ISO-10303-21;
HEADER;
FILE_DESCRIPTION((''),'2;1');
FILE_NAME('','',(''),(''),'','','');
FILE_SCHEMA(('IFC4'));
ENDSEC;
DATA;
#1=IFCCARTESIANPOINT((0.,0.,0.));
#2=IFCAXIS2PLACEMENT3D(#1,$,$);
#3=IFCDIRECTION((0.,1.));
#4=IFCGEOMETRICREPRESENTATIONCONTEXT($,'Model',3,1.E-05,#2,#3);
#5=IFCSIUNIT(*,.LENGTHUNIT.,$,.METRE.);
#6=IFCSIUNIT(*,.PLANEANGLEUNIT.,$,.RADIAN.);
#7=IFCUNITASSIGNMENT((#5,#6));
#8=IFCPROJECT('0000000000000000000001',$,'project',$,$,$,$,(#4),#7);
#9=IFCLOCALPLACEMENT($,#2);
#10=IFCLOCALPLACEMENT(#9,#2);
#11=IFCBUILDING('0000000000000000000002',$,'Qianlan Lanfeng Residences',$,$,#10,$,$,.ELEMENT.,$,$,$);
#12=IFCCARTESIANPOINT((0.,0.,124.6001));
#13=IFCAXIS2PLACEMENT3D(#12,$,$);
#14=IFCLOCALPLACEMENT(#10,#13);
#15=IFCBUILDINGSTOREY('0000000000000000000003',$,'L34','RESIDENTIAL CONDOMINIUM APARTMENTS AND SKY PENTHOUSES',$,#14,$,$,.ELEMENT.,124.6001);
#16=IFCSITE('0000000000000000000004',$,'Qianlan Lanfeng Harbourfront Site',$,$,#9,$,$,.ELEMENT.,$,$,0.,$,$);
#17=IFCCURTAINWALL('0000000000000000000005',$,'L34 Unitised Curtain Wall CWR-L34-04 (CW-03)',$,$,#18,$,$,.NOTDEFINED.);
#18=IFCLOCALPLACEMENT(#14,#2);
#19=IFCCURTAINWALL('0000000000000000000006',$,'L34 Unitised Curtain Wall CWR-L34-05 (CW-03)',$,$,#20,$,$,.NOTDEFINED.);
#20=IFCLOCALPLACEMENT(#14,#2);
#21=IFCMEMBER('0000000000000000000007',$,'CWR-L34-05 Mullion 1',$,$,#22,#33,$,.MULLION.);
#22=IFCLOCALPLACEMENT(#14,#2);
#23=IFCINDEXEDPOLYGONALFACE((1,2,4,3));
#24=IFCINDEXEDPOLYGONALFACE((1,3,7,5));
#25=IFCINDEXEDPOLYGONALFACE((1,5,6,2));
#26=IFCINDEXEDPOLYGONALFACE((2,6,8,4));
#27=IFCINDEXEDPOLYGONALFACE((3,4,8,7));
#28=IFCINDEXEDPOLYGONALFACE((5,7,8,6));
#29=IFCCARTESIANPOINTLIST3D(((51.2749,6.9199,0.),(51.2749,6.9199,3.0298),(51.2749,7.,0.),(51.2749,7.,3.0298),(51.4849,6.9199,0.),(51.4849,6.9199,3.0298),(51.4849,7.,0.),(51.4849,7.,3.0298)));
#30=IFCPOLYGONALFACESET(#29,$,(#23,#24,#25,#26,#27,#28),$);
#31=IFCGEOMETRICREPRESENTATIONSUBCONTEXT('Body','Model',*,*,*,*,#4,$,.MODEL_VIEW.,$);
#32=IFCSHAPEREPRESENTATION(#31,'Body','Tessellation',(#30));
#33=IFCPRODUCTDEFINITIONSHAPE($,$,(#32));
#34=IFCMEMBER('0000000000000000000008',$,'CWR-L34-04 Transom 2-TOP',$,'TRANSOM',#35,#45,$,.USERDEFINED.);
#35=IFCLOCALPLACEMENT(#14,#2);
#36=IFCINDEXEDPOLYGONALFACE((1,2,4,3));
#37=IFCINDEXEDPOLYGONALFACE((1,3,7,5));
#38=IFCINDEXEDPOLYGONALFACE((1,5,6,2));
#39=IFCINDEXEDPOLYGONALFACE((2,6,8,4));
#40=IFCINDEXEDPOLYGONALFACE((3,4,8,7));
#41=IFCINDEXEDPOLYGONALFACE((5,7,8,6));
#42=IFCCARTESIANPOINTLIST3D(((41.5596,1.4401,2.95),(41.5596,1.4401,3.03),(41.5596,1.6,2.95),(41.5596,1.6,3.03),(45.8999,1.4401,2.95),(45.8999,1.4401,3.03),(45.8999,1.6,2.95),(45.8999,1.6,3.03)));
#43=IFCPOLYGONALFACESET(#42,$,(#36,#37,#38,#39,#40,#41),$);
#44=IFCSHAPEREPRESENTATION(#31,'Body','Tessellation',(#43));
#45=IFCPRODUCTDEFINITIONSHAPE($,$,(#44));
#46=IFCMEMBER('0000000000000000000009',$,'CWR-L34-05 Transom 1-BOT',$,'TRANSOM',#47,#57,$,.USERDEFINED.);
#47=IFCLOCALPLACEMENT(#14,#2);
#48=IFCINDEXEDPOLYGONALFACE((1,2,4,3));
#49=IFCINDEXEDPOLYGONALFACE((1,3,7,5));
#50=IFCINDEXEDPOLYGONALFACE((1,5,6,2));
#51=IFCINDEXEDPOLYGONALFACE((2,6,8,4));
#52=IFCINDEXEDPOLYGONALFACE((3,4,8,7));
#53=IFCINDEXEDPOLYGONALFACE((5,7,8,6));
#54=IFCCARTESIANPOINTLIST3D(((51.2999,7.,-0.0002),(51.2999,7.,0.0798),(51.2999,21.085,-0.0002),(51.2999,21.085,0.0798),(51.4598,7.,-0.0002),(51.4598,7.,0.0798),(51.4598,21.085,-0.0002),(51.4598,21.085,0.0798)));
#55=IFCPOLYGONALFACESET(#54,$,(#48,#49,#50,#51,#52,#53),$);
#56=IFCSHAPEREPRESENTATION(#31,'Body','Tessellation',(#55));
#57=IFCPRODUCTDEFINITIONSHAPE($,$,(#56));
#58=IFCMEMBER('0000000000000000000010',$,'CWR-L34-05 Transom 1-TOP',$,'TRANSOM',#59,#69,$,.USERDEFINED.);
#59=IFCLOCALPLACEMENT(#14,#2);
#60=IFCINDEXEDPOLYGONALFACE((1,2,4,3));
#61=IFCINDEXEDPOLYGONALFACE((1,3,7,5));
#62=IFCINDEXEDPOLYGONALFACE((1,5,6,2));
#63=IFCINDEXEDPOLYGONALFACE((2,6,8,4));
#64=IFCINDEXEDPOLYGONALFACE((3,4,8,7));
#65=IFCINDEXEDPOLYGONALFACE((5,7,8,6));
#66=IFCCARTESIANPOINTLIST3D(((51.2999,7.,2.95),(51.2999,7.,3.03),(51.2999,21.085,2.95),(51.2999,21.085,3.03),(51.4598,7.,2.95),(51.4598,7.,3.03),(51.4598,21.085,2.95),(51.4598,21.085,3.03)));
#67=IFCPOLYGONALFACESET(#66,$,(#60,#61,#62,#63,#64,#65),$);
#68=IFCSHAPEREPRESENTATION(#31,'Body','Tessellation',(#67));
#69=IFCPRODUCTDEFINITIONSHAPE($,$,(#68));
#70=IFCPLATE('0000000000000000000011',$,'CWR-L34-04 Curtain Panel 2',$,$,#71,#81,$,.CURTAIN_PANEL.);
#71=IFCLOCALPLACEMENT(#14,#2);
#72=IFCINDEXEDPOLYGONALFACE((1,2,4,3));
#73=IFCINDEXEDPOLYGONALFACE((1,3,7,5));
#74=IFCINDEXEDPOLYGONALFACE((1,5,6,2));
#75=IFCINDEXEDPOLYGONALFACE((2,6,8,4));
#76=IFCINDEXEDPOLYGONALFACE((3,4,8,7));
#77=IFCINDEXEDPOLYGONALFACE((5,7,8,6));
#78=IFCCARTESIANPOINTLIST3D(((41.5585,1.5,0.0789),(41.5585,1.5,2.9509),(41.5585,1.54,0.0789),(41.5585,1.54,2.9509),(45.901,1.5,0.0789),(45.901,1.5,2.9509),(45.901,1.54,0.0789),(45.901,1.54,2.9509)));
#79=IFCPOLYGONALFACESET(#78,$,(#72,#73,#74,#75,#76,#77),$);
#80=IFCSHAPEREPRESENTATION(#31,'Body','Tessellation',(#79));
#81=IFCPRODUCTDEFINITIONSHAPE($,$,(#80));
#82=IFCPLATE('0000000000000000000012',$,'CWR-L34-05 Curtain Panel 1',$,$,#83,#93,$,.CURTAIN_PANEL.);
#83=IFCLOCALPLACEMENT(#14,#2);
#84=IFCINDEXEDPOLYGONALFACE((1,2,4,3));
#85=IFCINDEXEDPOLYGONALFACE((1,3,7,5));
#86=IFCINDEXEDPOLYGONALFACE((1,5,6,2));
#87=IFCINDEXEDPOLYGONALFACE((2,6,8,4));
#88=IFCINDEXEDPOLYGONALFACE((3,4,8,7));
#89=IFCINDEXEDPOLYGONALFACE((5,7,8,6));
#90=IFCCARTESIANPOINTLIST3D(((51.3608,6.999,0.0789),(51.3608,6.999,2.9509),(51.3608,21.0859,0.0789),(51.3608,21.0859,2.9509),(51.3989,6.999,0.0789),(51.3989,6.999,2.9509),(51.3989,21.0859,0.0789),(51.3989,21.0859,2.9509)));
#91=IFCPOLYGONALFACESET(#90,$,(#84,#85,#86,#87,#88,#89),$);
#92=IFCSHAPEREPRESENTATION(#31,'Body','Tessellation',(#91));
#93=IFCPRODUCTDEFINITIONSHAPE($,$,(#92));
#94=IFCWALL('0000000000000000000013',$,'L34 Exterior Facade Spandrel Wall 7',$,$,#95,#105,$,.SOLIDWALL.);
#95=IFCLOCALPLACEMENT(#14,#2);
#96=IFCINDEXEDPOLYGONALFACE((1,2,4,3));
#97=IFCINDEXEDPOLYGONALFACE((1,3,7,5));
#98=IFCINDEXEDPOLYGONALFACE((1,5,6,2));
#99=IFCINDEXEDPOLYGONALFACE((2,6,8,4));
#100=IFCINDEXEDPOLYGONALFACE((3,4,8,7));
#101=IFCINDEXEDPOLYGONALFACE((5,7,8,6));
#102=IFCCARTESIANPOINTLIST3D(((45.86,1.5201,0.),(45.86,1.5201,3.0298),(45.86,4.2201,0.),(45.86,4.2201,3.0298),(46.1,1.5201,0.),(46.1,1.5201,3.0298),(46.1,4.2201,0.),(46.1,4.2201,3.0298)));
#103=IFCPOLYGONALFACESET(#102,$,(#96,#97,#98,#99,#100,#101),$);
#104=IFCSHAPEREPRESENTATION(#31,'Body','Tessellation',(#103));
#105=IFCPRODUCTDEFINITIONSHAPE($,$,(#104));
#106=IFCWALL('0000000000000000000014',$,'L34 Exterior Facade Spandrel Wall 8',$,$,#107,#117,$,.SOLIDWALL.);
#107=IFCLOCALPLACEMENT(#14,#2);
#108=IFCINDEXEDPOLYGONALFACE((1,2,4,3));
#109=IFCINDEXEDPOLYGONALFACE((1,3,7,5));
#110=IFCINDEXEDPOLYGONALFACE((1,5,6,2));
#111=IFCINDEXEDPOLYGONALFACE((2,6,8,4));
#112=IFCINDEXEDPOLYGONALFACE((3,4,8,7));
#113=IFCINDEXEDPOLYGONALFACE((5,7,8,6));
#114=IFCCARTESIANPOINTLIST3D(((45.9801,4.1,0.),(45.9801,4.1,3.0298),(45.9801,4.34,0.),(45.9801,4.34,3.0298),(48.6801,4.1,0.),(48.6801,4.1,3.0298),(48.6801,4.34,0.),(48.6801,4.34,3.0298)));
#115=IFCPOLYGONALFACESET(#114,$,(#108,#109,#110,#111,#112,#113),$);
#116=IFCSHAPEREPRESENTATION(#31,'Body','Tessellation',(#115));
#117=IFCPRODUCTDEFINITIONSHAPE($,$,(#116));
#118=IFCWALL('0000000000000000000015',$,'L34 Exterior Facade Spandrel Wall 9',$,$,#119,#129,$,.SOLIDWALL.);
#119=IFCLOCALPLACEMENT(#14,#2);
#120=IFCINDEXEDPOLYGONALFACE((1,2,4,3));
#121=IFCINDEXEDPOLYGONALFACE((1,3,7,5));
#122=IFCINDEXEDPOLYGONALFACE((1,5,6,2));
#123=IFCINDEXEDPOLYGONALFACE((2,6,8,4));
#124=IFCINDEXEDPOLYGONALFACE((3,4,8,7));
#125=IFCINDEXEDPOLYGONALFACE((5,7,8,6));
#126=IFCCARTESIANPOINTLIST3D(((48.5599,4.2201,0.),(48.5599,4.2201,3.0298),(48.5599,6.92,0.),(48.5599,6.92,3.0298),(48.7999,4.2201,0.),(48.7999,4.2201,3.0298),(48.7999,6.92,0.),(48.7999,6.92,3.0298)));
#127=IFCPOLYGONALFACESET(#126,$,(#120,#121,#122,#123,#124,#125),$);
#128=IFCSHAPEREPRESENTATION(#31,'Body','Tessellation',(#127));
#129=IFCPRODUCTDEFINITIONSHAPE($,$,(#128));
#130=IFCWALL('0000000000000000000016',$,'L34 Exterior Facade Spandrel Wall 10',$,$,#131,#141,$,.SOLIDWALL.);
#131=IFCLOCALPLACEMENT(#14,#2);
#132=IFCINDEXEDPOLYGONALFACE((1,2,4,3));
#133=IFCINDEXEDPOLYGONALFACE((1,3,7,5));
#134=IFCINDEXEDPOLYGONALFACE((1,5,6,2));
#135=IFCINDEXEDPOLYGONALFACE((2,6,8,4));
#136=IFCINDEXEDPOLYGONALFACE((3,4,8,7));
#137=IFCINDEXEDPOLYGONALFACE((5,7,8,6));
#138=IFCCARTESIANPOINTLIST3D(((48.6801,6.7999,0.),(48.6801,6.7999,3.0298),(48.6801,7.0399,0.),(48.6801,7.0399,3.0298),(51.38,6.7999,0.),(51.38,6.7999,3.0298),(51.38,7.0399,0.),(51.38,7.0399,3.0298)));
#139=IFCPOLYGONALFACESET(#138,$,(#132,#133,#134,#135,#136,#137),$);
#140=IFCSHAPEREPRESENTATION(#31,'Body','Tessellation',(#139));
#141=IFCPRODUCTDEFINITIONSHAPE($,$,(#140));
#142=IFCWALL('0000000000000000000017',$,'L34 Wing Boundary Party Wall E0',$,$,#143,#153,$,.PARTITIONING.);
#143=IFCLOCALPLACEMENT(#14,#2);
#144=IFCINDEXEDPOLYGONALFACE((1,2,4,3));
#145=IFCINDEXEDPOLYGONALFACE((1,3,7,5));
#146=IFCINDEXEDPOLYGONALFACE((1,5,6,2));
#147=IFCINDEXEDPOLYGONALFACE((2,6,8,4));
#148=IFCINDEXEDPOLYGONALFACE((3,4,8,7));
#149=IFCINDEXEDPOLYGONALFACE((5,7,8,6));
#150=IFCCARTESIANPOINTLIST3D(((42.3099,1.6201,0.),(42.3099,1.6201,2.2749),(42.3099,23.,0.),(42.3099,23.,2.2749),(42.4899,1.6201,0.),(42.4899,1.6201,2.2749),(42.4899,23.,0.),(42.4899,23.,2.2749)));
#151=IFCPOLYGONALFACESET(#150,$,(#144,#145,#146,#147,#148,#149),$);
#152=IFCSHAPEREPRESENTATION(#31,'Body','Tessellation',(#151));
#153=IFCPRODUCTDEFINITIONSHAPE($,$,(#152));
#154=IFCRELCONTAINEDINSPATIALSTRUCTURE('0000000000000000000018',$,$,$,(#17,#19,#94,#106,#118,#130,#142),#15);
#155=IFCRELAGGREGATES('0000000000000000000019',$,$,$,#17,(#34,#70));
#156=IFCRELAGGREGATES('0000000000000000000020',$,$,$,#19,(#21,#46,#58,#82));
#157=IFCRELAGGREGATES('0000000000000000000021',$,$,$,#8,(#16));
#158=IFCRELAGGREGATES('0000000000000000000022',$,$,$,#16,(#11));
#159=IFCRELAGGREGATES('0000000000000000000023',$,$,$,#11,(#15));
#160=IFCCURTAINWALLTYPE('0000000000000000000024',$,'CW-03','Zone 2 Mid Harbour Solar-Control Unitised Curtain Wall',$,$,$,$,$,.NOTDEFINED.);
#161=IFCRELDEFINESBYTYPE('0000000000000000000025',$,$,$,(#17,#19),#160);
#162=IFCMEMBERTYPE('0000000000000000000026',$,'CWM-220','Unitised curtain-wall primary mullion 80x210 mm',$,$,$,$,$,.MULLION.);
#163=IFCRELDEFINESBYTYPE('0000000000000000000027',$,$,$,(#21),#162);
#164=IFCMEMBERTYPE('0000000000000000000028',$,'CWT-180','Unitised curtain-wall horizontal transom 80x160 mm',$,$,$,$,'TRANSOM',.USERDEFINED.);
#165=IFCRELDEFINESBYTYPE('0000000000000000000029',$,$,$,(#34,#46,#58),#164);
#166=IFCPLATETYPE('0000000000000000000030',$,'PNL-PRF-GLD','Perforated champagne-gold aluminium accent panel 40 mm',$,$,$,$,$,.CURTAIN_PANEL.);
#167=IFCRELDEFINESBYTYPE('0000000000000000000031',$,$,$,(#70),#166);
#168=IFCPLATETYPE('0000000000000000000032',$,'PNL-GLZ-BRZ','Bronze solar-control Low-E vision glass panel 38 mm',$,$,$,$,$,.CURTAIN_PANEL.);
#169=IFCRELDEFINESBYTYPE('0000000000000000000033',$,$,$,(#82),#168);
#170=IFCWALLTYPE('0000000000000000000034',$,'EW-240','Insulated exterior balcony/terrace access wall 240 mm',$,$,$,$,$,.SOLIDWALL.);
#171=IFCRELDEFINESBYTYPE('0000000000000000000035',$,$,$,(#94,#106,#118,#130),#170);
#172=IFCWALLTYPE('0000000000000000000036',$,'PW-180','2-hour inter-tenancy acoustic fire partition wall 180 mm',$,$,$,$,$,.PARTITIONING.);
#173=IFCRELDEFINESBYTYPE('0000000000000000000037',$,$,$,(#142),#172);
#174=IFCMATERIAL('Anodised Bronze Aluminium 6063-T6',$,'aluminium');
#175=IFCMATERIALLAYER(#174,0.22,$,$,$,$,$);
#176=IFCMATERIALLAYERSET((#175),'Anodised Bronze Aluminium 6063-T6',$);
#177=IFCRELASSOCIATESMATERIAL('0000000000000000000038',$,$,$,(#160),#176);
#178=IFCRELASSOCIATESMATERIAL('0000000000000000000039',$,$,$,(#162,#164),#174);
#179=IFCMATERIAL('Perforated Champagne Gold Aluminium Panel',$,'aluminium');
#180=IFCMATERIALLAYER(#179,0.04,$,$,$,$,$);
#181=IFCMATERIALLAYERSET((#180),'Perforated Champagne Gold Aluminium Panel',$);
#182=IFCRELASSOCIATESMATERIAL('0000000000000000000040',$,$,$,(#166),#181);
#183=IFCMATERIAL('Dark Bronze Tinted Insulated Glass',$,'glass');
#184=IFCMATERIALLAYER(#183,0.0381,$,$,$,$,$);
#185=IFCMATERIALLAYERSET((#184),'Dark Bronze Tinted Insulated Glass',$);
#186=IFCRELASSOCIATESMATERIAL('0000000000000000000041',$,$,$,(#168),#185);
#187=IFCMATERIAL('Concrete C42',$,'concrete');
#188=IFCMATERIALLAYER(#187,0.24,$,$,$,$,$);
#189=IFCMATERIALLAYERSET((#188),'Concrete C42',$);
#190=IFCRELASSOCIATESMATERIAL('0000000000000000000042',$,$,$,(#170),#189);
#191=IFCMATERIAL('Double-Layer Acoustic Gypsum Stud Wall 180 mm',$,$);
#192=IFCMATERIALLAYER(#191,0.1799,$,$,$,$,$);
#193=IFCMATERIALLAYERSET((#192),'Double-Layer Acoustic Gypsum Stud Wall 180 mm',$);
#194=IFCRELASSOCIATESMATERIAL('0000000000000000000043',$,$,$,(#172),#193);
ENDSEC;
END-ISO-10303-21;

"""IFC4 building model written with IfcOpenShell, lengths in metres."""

from ifc_helpers import new_model, si_unit, direction, frame, frame_2d, origin, origin_2d, place, context, subcontext, project, spatial, rectangle, extrude, source, transform, mapped, material, layer, layer_set, material_profile, profile_set, type_object, element, aggregate, save


model = new_model("IFC4")

# Units and contexts
model_context = context("Model", 3, precision=1e-05, world=origin(), true_north=direction((0.0, 1.0)))
body_context = subcontext(model_context, "Body", "Model", "MODEL_VIEW")
ifc_project = project(units=[si_unit("LENGTHUNIT", "METRE"), si_unit("PLANEANGLEUNIT", "RADIAN")], contexts=[model_context])

# Site, building, storey
site_placement = place(None, origin())
site = spatial("IfcSite", under=ifc_project, at=site_placement, Name="Qianlan Lanfeng Harbourfront Site", CompositionType="ELEMENT", RefElevation=0.0)
building_placement = place(site_placement, origin())
building = spatial("IfcBuilding", under=site, at=building_placement, Name="Qianlan Lanfeng Residences", CompositionType="ELEMENT")
storey_placement = place(building_placement, frame((0.0, 0.0, 124.6001)))
storey = spatial("IfcBuildingStorey", under=building, at=storey_placement, Name="L34", Description="RESIDENTIAL CONDOMINIUM APARTMENTS AND SKY PENTHOUSES", CompositionType="ELEMENT", Elevation=124.6001)

# Curtain walls, member
ifc_material_1 = material(Name="Anodised Bronze Aluminium 6063-T6", Category="aluminium")
ifc_layer_1 = layer(ifc_material_1, 0.22)
ifc_layer_set_1 = layer_set([ifc_layer_1], Name="Anodised Bronze Aluminium 6063-T6")
curtain_wall_type = type_object("IfcCurtainWallType", Name="CW-03", Description="Zone 2 Mid Harbour Solar-Control Unitised Curtain Wall", PredefinedType="NOTDEFINED", material=ifc_layer_set_1)
curtain_wall_1_placement = place(storey_placement, origin())
curtain_wall_1 = element("IfcCurtainWall", 1, at=curtain_wall_1_placement, inside=storey, type_object=curtain_wall_type, Name="L34 Unitised Curtain Wall CWR-L34-04 (CW-03)", PredefinedType="NOTDEFINED")
ifc_material_profile_1 = material_profile(ifc_material_1, rectangle(XDim=0.0801, YDim=0.21, at=origin_2d()), Name="ALU MULLION 80x210")
ifc_profile_set_1 = profile_set([ifc_material_profile_1], Name="Anodised Bronze Aluminium 6063-T6")
member_type_1 = type_object("IfcMemberType", Name="CWM-220", Description="Unitised curtain-wall primary mullion 80x210 mm", PredefinedType="MULLION", material=ifc_profile_set_1)
shared_shape_1 = source(origin(), body_context, "Body", "SweptSolid", [
    extrude(rectangle(XDim=0.0801, YDim=0.21, at=origin_2d()), origin(), (0.0, 0.0, 1.0), 3.0298),
])
curtain_wall_2_placement = place(storey_placement, origin())
curtain_wall_2 = element("IfcCurtainWall", 2, at=curtain_wall_2_placement, inside=storey, type_object=curtain_wall_type, Name="L34 Unitised Curtain Wall CWR-L34-05 (CW-03)", PredefinedType="NOTDEFINED")
member_1_placement = place(storey_placement, frame((51.3799, 6.96, 0.0), z_axis=(0.0, 0.0, 1.0), x_axis=(0.0, 1.0, 0.0)))
member_1 = element("IfcMember", 3, at=member_1_placement, type_object=member_type_1, Name="CWR-L34-05 Mullion 1", PredefinedType="MULLION", context=body_context, shape_type="MappedRepresentation", body=[
    mapped(shared_shape_1, transform((0.0, 0.0, 0.0), scale=1.0)),
])

# Members
ifc_material_profile_2 = material_profile(ifc_material_1, rectangle(XDim=0.0801, YDim=0.1599, at=origin_2d()), Name="ALU TRANSOM 80x160")
ifc_profile_set_2 = profile_set([ifc_material_profile_2], Name="Anodised Bronze Aluminium 6063-T6")
member_type_2 = type_object("IfcMemberType", Name="CWT-180", Description="Unitised curtain-wall horizontal transom 80x160 mm", ElementType="TRANSOM", PredefinedType="USERDEFINED", material=ifc_profile_set_2)
shared_shape_2 = source(origin(), body_context, "Body", "SweptSolid", [
    extrude(rectangle(XDim=0.0801, YDim=0.1599, at=origin_2d()), origin(), (0.0, 0.0, 1.0), 4.3403),
])
member_2_placement = place(storey_placement, frame((41.5596, 1.52, 2.99), z_axis=(1.0, 0.0, 0.0), x_axis=(0.0, 0.0, 1.0)))
member_2 = element("IfcMember", 4, at=member_2_placement, type_object=member_type_2, Name="CWR-L34-04 Transom 2-TOP", ObjectType="TRANSOM", PredefinedType="USERDEFINED", context=body_context, shape_type="MappedRepresentation", body=[
    mapped(shared_shape_2, transform((0.0, 0.0, 0.0), scale=1.0)),
])
shared_shape_3 = source(origin(), body_context, "Body", "SweptSolid", [
    extrude(rectangle(XDim=0.0801, YDim=0.1599, at=origin_2d()), origin(), (0.0, 0.0, 1.0), 14.085),
])
member_3_placement = place(storey_placement, frame((51.3799, 7.0, 0.0398), z_axis=(0.0, 1.0, 0.0), x_axis=(0.0, 0.0, 1.0)))
member_3 = element("IfcMember", 5, at=member_3_placement, type_object=member_type_2, Name="CWR-L34-05 Transom 1-BOT", ObjectType="TRANSOM", PredefinedType="USERDEFINED", context=body_context, shape_type="MappedRepresentation", body=[
    mapped(shared_shape_3, transform((0.0, 0.0, 0.0), scale=1.0)),
])
member_4_placement = place(storey_placement, frame((51.3799, 7.0, 2.99), z_axis=(0.0, 1.0, 0.0), x_axis=(0.0, 0.0, 1.0)))
member_4 = element("IfcMember", 6, at=member_4_placement, type_object=member_type_2, Name="CWR-L34-05 Transom 1-TOP", ObjectType="TRANSOM", PredefinedType="USERDEFINED", context=body_context, shape_type="MappedRepresentation", body=[
    mapped(shared_shape_3, transform((0.0, 0.0, 0.0), scale=1.0)),
])

# Plates
ifc_material_2 = material(Name="Perforated Champagne Gold Aluminium Panel", Category="aluminium")
ifc_layer_2 = layer(ifc_material_2, 0.04)
ifc_layer_set_2 = layer_set([ifc_layer_2], Name="Perforated Champagne Gold Aluminium Panel")
plate_type_1 = type_object("IfcPlateType", Name="PNL-PRF-GLD", Description="Perforated champagne-gold aluminium accent panel 40 mm", PredefinedType="CURTAIN_PANEL", material=ifc_layer_set_2)
shared_shape_4 = source(origin(), body_context, "Body", "SweptSolid", [
    extrude(rectangle(XDim=4.3425, YDim=0.04, at=origin_2d()), origin(), (0.0, 0.0, 1.0), 2.8721),
])
plate_1_placement = place(storey_placement, frame((43.7297, 1.52, 0.0789), z_axis=(0.0, 0.0, 1.0), x_axis=(1.0, 0.0, 0.0)))
plate_1 = element("IfcPlate", 7, at=plate_1_placement, type_object=plate_type_1, Name="CWR-L34-04 Curtain Panel 2", PredefinedType="CURTAIN_PANEL", context=body_context, shape_type="MappedRepresentation", body=[
    mapped(shared_shape_4, transform((0.0, 0.0, 0.0), scale=1.0)),
])
aggregate(curtain_wall_1, [member_2, plate_1])
ifc_material_3 = material(Name="Dark Bronze Tinted Insulated Glass", Category="glass")
ifc_layer_3 = layer(ifc_material_3, 0.0381)
ifc_layer_set_3 = layer_set([ifc_layer_3], Name="Dark Bronze Tinted Insulated Glass")
plate_type_2 = type_object("IfcPlateType", Name="PNL-GLZ-BRZ", Description="Bronze solar-control Low-E vision glass panel 38 mm", PredefinedType="CURTAIN_PANEL", material=ifc_layer_set_3)
shared_shape_5 = source(origin(), body_context, "Body", "SweptSolid", [
    extrude(rectangle(XDim=14.0869, YDim=0.0381, at=origin_2d()), origin(), (0.0, 0.0, 1.0), 2.8721),
])
plate_2_placement = place(storey_placement, frame((51.3799, 14.0425, 0.0789), z_axis=(0.0, 0.0, 1.0), x_axis=(0.0, 1.0, 0.0)))
plate_2 = element("IfcPlate", 8, at=plate_2_placement, type_object=plate_type_2, Name="CWR-L34-05 Curtain Panel 1", PredefinedType="CURTAIN_PANEL", context=body_context, shape_type="MappedRepresentation", body=[
    mapped(shared_shape_5, transform((0.0, 0.0, 0.0), scale=1.0)),
])
aggregate(curtain_wall_2, [member_1, member_3, member_4, plate_2])

# Walls
ifc_material_4 = material(Name="Concrete C42", Category="concrete")
ifc_layer_4 = layer(ifc_material_4, 0.24)
ifc_layer_set_4 = layer_set([ifc_layer_4], Name="Concrete C42")
wall_type_1 = type_object("IfcWallType", Name="EW-240", Description="Insulated exterior balcony/terrace access wall 240 mm", PredefinedType="SOLIDWALL", material=ifc_layer_set_4)
for number, where, z_axis, x_axis, name in (
    (9, (45.98, 1.52, 0.0), (0.0, 0.0, 1.0), (0.0, 1.0, 0.0), "L34 Exterior Facade Spandrel Wall 7"),
    (10, (45.98, 4.22, 0.0), (0.0, 0.0, 1.0), (1.0, 0.0, 0.0), "L34 Exterior Facade Spandrel Wall 8"),
    (11, (48.6799, 4.22, 0.0), (0.0, 0.0, 1.0), (0.0, 1.0, 0.0), "L34 Exterior Facade Spandrel Wall 9"),
    (12, (48.6799, 6.9199, 0.0), (0.0, 0.0, 1.0), (1.0, 0.0, 0.0), "L34 Exterior Facade Spandrel Wall 10"),
):
    element("IfcWall", number, at=place(storey_placement, frame(where, z_axis=z_axis, x_axis=x_axis)), inside=storey, type_object=wall_type_1, Name=name, PredefinedType="SOLIDWALL", context=body_context, shape_type="SweptSolid", body=[
        extrude(rectangle(XDim=2.7, YDim=0.24, at=frame_2d((1.3501, 0.0))), origin(), (0.0, 0.0, 1.0), 3.0298),
    ])
ifc_material_5 = material(Name="Double-Layer Acoustic Gypsum Stud Wall 180 mm")
ifc_layer_5 = layer(ifc_material_5, 0.1799)
ifc_layer_set_5 = layer_set([ifc_layer_5], Name="Double-Layer Acoustic Gypsum Stud Wall 180 mm")
wall_type_2 = type_object("IfcWallType", Name="PW-180", Description="2-hour inter-tenancy acoustic fire partition wall 180 mm", PredefinedType="PARTITIONING", material=ifc_layer_set_5)
wall_placement = place(storey_placement, frame((42.3999, 1.6201, 0.0), z_axis=(0.0, 0.0, 1.0), x_axis=(0.0, 1.0, 0.0)))
element("IfcWall", 13, at=wall_placement, inside=storey, type_object=wall_type_2, Name="L34 Wing Boundary Party Wall E0", PredefinedType="PARTITIONING", context=body_context, shape_type="SweptSolid", body=[
    extrude(rectangle(XDim=21.3799, YDim=0.1799, at=frame_2d((10.6899, 0.0))), origin(), (0.0, 0.0, 1.0), 2.2749),
])

save(model, "model.ifc")
